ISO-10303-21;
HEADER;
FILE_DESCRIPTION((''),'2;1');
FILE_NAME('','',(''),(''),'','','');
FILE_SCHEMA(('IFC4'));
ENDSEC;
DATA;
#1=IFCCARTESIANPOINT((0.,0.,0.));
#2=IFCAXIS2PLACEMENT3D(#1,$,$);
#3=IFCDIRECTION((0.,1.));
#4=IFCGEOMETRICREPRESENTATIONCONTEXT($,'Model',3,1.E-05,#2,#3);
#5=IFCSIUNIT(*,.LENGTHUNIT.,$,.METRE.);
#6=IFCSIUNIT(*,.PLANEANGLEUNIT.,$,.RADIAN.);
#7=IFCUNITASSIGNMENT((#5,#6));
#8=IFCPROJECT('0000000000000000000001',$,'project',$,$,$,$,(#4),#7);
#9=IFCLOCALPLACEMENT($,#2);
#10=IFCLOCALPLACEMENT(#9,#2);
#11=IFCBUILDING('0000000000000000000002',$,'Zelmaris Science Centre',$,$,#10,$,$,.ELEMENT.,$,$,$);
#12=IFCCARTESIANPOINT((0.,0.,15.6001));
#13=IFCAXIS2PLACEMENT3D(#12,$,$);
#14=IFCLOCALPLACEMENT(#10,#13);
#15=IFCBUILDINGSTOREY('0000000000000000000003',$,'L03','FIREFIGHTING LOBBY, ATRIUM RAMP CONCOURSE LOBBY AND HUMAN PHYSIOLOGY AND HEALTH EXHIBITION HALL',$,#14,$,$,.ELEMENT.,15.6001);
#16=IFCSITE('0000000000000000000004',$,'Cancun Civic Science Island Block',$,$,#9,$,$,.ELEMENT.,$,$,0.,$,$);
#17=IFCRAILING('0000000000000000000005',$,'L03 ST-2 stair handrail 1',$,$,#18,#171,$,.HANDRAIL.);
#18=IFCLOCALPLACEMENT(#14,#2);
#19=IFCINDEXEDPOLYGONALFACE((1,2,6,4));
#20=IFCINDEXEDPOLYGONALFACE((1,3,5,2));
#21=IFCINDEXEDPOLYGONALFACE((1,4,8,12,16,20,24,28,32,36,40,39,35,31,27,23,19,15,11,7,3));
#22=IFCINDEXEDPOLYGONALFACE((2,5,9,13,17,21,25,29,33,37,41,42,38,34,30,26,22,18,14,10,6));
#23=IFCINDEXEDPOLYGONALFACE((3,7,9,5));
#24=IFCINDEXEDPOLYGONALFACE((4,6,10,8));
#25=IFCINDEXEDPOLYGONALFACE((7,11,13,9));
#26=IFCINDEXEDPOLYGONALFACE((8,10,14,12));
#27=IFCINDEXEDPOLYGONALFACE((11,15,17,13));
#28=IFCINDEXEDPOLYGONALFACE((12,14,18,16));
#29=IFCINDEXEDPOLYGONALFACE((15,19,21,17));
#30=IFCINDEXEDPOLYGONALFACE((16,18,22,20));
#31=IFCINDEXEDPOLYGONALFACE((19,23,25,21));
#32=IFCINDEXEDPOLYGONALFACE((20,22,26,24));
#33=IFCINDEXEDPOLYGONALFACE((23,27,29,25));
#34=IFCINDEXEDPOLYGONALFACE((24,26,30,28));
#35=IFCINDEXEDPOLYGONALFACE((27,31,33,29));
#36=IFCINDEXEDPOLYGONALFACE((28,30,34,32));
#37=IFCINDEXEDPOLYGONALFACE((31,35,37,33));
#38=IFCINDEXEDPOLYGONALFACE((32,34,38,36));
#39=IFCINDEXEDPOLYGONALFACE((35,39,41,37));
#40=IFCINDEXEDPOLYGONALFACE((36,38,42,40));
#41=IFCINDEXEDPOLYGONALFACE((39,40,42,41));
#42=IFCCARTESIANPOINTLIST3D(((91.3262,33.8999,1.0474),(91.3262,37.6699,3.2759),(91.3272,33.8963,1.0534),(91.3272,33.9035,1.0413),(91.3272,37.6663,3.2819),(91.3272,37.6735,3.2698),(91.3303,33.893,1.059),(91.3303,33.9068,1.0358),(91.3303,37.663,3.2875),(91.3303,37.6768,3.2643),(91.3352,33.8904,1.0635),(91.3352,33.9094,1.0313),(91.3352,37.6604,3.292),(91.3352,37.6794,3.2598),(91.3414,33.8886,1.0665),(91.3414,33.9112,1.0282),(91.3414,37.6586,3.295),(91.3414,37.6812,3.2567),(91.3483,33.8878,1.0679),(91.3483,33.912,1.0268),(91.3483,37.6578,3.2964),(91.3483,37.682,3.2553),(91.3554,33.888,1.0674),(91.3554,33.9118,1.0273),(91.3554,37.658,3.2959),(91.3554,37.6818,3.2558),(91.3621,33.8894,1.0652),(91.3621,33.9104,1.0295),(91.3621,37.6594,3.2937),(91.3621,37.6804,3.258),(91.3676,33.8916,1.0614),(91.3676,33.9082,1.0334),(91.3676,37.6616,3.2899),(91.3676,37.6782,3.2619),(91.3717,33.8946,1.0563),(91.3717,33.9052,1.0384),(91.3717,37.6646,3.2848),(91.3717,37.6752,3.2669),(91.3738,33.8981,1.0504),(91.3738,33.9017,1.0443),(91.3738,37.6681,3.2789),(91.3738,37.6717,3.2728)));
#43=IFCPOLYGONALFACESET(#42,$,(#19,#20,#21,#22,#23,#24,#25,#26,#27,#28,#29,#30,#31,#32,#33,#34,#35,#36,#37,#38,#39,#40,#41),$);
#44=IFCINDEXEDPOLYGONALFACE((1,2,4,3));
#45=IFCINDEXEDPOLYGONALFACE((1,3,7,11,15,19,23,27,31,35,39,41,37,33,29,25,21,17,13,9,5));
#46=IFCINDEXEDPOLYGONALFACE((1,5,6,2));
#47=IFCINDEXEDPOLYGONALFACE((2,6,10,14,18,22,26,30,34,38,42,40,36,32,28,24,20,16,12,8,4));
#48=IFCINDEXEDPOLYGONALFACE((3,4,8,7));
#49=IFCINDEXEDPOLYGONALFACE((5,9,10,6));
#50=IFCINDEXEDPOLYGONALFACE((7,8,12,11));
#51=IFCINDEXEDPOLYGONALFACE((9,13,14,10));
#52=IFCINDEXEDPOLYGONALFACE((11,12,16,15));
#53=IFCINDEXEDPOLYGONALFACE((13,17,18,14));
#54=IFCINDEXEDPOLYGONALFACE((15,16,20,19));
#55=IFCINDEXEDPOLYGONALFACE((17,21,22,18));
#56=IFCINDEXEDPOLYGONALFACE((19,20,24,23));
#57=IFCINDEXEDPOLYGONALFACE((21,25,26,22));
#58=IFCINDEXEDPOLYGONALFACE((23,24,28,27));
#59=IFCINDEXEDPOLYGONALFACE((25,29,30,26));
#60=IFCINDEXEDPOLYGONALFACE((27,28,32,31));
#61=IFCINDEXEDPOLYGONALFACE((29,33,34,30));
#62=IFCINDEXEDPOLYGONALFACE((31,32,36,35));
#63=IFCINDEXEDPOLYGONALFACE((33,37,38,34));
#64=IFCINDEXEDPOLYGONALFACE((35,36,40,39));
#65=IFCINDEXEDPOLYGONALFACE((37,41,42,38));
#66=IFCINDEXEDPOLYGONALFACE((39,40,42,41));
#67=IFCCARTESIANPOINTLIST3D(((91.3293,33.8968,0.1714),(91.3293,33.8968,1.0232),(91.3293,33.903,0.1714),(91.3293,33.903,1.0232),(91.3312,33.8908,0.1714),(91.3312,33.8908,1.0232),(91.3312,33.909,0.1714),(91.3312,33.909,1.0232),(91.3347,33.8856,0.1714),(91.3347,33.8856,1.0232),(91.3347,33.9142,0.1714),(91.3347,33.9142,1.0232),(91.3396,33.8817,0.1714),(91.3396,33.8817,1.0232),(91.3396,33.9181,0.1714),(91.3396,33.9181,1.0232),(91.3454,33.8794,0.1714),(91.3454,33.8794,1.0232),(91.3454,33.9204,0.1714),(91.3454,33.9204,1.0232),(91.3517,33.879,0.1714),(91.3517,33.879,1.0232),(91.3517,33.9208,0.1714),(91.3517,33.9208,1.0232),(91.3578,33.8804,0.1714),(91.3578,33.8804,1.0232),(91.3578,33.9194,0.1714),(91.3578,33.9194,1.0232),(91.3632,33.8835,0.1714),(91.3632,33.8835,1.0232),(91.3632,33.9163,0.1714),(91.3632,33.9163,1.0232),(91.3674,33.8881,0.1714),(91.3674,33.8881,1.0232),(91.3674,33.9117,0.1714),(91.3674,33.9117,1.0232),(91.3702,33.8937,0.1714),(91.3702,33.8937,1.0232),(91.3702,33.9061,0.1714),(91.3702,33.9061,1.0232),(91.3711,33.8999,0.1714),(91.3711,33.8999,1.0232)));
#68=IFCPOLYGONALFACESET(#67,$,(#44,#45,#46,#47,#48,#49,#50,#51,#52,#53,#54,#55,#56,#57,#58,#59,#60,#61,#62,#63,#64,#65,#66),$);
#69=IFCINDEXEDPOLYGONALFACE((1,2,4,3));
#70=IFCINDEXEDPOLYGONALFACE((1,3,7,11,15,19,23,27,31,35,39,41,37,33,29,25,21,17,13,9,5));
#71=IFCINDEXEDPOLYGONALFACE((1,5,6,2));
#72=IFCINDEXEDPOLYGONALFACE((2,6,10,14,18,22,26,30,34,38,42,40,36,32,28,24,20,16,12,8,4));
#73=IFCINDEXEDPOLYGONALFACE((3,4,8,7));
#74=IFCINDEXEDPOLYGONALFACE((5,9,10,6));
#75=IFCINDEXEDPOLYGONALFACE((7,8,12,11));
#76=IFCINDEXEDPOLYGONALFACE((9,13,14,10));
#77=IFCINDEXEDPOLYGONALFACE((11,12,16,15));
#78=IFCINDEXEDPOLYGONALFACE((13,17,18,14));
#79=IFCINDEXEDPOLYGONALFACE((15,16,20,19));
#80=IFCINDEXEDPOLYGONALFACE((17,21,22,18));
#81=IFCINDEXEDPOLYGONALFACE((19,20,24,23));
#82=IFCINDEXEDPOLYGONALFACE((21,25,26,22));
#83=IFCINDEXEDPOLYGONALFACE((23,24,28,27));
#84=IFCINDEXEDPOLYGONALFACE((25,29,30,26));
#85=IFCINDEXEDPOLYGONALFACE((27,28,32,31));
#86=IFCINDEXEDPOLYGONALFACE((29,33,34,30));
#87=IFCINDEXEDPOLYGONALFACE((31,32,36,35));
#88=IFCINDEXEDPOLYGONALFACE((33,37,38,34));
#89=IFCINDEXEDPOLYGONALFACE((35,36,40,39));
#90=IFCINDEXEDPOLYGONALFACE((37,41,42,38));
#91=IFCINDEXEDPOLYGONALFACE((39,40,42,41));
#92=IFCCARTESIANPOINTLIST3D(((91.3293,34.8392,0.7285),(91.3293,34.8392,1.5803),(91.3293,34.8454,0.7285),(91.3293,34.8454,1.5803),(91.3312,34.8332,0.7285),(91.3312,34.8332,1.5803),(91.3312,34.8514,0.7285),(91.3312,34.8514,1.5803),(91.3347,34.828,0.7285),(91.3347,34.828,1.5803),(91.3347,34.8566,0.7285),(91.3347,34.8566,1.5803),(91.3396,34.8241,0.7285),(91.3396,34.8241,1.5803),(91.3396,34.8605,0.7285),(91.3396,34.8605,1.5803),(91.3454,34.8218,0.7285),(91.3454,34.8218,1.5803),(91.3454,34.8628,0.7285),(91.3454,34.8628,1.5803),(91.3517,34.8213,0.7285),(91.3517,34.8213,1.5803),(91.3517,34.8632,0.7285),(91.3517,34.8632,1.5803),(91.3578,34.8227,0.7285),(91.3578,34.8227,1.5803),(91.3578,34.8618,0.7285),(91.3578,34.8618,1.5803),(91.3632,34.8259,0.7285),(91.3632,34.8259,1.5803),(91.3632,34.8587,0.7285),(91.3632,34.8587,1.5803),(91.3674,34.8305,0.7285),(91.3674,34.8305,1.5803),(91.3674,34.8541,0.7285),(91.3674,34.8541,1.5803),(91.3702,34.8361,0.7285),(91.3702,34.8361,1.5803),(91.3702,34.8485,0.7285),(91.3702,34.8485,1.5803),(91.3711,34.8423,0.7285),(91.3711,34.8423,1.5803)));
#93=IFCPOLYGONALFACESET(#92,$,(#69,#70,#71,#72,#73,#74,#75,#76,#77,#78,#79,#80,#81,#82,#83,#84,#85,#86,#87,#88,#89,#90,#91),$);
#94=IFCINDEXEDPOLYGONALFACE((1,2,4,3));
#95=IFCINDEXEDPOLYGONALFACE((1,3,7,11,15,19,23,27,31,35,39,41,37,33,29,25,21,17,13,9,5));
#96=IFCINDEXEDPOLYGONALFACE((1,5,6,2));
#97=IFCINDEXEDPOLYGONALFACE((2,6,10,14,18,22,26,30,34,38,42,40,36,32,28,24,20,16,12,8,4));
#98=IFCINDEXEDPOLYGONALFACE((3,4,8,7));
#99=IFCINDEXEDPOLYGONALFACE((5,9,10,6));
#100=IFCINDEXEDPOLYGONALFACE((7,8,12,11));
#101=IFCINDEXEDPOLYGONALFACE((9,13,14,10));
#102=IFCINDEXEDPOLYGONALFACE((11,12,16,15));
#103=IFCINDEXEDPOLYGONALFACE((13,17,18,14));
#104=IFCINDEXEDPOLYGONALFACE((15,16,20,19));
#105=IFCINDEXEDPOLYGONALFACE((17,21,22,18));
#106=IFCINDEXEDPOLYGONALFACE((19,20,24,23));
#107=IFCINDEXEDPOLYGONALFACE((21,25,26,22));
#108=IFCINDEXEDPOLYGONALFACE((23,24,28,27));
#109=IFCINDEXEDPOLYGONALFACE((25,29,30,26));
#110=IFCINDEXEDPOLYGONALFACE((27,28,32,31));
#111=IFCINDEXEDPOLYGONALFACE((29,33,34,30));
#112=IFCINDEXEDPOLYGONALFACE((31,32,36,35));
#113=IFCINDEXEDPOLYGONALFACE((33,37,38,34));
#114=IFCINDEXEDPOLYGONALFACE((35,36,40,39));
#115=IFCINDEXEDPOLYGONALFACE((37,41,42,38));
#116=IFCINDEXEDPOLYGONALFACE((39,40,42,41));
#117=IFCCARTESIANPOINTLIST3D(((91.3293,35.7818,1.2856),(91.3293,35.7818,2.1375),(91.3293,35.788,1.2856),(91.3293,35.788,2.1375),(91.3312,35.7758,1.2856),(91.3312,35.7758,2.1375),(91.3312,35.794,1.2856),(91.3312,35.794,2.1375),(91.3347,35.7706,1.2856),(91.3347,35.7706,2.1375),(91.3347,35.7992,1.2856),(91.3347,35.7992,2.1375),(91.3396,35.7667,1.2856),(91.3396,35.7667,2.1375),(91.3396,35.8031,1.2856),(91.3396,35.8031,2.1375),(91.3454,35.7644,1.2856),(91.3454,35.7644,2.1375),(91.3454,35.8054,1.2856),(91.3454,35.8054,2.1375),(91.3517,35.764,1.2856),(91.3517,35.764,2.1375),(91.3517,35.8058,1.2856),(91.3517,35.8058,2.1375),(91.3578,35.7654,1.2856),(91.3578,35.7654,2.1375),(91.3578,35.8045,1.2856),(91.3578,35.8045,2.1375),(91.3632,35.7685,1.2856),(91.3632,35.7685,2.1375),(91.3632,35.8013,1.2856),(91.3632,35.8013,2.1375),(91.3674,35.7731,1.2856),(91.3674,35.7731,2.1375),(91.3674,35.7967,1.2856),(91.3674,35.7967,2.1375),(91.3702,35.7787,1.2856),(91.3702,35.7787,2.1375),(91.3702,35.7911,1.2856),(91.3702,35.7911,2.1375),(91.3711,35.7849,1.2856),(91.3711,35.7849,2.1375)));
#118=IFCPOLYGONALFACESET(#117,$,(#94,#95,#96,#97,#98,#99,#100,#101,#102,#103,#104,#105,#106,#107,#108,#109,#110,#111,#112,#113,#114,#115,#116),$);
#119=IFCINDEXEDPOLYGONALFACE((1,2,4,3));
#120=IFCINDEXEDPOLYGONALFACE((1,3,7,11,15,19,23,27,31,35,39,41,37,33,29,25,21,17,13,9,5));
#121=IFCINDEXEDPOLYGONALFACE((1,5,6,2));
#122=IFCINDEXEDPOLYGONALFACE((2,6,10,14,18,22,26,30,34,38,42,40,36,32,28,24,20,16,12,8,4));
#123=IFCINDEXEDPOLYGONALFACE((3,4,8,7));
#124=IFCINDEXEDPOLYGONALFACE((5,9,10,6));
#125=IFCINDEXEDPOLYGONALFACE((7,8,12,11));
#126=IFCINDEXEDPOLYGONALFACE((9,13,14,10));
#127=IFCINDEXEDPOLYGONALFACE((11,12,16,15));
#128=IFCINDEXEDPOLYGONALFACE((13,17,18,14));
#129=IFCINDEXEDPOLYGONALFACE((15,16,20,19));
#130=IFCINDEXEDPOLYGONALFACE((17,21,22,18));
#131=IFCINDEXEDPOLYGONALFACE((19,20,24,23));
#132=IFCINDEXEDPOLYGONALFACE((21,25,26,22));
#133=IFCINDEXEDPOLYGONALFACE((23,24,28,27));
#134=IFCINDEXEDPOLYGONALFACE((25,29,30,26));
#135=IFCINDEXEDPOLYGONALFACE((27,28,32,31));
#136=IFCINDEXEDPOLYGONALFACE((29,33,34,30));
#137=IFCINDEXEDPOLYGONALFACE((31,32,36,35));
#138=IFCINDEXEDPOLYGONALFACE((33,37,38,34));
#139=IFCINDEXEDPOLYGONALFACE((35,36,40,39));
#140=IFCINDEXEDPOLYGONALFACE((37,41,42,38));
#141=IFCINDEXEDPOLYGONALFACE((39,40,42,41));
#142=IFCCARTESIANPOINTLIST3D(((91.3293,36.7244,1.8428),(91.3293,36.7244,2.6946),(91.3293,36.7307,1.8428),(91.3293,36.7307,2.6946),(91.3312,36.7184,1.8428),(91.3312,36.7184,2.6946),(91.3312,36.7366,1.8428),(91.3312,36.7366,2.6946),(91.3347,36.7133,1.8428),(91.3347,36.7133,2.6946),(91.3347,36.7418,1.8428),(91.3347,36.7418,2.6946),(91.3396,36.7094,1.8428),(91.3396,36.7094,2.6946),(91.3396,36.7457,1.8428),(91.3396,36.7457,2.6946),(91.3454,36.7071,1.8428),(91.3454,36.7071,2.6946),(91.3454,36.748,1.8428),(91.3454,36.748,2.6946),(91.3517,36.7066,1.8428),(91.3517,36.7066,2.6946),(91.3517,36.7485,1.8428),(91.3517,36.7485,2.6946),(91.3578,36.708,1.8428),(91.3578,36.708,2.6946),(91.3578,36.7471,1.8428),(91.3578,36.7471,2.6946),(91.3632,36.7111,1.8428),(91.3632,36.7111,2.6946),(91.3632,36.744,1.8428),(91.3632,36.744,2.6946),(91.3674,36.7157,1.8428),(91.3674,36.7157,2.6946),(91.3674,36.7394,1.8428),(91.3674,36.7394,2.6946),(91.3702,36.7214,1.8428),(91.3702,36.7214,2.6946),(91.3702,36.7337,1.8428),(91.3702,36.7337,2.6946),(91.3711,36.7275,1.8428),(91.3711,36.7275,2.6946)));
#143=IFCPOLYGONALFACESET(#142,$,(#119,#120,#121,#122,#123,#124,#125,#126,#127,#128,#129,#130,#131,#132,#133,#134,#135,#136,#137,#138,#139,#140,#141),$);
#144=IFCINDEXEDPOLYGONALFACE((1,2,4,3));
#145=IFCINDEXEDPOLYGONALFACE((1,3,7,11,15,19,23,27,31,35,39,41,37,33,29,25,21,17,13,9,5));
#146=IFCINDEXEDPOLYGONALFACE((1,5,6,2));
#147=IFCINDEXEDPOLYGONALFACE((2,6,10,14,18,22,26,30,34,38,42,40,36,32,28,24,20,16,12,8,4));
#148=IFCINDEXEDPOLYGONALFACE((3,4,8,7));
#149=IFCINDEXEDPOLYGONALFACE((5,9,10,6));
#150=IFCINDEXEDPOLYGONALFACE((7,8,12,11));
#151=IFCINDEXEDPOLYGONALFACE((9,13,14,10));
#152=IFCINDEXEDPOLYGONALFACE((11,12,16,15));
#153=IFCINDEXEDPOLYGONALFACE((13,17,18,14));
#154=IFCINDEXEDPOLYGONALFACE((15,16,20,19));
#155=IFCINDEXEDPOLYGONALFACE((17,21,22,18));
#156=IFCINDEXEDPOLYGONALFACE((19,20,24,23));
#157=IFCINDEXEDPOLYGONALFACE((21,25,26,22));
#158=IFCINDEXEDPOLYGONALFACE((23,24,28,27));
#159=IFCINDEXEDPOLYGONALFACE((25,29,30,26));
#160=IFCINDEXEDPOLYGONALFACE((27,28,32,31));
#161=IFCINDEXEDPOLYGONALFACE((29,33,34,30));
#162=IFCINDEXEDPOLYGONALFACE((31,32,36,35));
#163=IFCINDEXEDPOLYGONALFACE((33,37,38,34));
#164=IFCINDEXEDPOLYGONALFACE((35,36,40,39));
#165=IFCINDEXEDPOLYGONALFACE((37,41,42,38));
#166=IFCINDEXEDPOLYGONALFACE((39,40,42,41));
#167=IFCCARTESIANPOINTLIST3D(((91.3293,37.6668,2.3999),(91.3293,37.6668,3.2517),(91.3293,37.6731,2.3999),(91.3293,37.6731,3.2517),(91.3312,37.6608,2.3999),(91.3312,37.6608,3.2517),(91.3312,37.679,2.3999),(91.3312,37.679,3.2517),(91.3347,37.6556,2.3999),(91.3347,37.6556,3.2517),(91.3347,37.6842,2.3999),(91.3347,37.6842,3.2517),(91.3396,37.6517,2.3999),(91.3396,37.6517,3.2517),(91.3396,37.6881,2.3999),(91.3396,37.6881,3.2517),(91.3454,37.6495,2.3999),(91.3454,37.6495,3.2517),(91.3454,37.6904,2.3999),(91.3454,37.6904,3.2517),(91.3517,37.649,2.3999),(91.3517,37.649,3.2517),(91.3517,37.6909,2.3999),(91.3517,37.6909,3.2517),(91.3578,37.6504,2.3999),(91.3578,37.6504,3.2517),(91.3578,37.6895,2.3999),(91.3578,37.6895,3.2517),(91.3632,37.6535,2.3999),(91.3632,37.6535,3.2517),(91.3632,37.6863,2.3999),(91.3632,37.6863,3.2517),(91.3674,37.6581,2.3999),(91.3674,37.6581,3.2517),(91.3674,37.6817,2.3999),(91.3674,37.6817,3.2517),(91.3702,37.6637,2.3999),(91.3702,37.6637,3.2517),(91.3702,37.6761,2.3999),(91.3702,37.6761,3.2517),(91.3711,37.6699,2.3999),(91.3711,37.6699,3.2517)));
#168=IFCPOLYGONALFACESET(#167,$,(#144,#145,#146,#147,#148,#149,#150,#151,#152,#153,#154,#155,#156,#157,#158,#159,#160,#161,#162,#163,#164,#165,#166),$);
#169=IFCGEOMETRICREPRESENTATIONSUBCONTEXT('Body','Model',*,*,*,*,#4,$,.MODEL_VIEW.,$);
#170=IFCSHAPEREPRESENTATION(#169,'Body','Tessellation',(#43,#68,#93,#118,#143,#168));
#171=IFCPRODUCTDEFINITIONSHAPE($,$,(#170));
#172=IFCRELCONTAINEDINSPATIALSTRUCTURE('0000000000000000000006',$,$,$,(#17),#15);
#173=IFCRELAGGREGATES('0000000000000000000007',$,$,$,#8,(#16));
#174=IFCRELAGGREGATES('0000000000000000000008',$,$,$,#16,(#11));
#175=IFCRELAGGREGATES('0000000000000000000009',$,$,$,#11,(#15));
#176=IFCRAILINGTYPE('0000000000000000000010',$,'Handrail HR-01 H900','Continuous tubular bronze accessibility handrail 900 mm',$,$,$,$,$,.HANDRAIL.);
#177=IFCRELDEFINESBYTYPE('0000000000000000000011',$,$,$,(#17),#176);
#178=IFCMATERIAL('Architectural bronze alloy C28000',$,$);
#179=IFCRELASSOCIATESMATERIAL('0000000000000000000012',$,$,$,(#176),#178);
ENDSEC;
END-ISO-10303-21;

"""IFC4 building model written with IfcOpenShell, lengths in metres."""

from ifc_helpers import new_model, si_unit, direction, frame, origin, origin_2d, place, context, subcontext, project, spatial, circle, extrude, material, type_object, element, save


model = new_model("IFC4")

# Units and contexts
model_context = context("Model", 3, precision=1e-05, world=origin(), true_north=direction((0.0, 1.0)))
body_context = subcontext(model_context, "Body", "Model", "MODEL_VIEW")
ifc_project = project(units=[si_unit("LENGTHUNIT", "METRE"), si_unit("PLANEANGLEUNIT", "RADIAN")], contexts=[model_context])

# Site, building, storey
site_placement = place(None, origin())
site = spatial("IfcSite", under=ifc_project, at=site_placement, Name="Cancun Civic Science Island Block", CompositionType="ELEMENT", RefElevation=0.0)
building_placement = place(site_placement, origin())
building = spatial("IfcBuilding", under=site, at=building_placement, Name="Zelmaris Science Centre", CompositionType="ELEMENT")
storey_placement = place(building_placement, frame((0.0, 0.0, 15.6001)))
storey = spatial("IfcBuildingStorey", under=building, at=storey_placement, Name="L03", Description="FIREFIGHTING LOBBY, ATRIUM RAMP CONCOURSE LOBBY AND HUMAN PHYSIOLOGY AND HEALTH EXHIBITION HALL", CompositionType="ELEMENT", Elevation=15.6001)

# Railing
ifc_material_1 = material(Name="Architectural bronze alloy C28000")
railing_type_1 = type_object("IfcRailingType", Name="Handrail HR-01 H900", Description="Continuous tubular bronze accessibility handrail 900 mm", PredefinedType="HANDRAIL", material=ifc_material_1)
railing_1_placement = place(storey_placement, frame((91.3501, 33.8999, 0.1714)))
element("IfcRailing", 1, at=railing_1_placement, inside=storey, type_object=railing_type_1, Name="L03 ST-2 stair handrail 1", PredefinedType="HANDRAIL", context=body_context, shape_type="SweptSolid", body=[
    extrude(circle(Radius=0.0239, at=origin_2d()), frame((0.0, 0.0, 0.876), z_axis=(0.0, 0.860849, 0.508861), x_axis=(-1.0, 0.0, 0.0)), (0.0, 0.0, 1.0), 4.3794),
    extrude(circle(Radius=0.021, at=origin_2d()), origin(), (0.0, 0.0, 1.0), 0.8518),
    extrude(circle(Radius=0.021, at=origin_2d()), frame((0.0, 0.9424, 0.5571)), (0.0, 0.0, 1.0), 0.8518),
    extrude(circle(Radius=0.021, at=origin_2d()), frame((0.0, 1.885, 1.1143)), (0.0, 0.0, 1.0), 0.8518),
    extrude(circle(Radius=0.021, at=origin_2d()), frame((0.0, 2.8276, 1.6714)), (0.0, 0.0, 1.0), 0.8518),
    extrude(circle(Radius=0.021, at=origin_2d()), frame((0.0, 3.77, 2.2285)), (0.0, 0.0, 1.0), 0.8518),
])

save(model, "model.ifc")
